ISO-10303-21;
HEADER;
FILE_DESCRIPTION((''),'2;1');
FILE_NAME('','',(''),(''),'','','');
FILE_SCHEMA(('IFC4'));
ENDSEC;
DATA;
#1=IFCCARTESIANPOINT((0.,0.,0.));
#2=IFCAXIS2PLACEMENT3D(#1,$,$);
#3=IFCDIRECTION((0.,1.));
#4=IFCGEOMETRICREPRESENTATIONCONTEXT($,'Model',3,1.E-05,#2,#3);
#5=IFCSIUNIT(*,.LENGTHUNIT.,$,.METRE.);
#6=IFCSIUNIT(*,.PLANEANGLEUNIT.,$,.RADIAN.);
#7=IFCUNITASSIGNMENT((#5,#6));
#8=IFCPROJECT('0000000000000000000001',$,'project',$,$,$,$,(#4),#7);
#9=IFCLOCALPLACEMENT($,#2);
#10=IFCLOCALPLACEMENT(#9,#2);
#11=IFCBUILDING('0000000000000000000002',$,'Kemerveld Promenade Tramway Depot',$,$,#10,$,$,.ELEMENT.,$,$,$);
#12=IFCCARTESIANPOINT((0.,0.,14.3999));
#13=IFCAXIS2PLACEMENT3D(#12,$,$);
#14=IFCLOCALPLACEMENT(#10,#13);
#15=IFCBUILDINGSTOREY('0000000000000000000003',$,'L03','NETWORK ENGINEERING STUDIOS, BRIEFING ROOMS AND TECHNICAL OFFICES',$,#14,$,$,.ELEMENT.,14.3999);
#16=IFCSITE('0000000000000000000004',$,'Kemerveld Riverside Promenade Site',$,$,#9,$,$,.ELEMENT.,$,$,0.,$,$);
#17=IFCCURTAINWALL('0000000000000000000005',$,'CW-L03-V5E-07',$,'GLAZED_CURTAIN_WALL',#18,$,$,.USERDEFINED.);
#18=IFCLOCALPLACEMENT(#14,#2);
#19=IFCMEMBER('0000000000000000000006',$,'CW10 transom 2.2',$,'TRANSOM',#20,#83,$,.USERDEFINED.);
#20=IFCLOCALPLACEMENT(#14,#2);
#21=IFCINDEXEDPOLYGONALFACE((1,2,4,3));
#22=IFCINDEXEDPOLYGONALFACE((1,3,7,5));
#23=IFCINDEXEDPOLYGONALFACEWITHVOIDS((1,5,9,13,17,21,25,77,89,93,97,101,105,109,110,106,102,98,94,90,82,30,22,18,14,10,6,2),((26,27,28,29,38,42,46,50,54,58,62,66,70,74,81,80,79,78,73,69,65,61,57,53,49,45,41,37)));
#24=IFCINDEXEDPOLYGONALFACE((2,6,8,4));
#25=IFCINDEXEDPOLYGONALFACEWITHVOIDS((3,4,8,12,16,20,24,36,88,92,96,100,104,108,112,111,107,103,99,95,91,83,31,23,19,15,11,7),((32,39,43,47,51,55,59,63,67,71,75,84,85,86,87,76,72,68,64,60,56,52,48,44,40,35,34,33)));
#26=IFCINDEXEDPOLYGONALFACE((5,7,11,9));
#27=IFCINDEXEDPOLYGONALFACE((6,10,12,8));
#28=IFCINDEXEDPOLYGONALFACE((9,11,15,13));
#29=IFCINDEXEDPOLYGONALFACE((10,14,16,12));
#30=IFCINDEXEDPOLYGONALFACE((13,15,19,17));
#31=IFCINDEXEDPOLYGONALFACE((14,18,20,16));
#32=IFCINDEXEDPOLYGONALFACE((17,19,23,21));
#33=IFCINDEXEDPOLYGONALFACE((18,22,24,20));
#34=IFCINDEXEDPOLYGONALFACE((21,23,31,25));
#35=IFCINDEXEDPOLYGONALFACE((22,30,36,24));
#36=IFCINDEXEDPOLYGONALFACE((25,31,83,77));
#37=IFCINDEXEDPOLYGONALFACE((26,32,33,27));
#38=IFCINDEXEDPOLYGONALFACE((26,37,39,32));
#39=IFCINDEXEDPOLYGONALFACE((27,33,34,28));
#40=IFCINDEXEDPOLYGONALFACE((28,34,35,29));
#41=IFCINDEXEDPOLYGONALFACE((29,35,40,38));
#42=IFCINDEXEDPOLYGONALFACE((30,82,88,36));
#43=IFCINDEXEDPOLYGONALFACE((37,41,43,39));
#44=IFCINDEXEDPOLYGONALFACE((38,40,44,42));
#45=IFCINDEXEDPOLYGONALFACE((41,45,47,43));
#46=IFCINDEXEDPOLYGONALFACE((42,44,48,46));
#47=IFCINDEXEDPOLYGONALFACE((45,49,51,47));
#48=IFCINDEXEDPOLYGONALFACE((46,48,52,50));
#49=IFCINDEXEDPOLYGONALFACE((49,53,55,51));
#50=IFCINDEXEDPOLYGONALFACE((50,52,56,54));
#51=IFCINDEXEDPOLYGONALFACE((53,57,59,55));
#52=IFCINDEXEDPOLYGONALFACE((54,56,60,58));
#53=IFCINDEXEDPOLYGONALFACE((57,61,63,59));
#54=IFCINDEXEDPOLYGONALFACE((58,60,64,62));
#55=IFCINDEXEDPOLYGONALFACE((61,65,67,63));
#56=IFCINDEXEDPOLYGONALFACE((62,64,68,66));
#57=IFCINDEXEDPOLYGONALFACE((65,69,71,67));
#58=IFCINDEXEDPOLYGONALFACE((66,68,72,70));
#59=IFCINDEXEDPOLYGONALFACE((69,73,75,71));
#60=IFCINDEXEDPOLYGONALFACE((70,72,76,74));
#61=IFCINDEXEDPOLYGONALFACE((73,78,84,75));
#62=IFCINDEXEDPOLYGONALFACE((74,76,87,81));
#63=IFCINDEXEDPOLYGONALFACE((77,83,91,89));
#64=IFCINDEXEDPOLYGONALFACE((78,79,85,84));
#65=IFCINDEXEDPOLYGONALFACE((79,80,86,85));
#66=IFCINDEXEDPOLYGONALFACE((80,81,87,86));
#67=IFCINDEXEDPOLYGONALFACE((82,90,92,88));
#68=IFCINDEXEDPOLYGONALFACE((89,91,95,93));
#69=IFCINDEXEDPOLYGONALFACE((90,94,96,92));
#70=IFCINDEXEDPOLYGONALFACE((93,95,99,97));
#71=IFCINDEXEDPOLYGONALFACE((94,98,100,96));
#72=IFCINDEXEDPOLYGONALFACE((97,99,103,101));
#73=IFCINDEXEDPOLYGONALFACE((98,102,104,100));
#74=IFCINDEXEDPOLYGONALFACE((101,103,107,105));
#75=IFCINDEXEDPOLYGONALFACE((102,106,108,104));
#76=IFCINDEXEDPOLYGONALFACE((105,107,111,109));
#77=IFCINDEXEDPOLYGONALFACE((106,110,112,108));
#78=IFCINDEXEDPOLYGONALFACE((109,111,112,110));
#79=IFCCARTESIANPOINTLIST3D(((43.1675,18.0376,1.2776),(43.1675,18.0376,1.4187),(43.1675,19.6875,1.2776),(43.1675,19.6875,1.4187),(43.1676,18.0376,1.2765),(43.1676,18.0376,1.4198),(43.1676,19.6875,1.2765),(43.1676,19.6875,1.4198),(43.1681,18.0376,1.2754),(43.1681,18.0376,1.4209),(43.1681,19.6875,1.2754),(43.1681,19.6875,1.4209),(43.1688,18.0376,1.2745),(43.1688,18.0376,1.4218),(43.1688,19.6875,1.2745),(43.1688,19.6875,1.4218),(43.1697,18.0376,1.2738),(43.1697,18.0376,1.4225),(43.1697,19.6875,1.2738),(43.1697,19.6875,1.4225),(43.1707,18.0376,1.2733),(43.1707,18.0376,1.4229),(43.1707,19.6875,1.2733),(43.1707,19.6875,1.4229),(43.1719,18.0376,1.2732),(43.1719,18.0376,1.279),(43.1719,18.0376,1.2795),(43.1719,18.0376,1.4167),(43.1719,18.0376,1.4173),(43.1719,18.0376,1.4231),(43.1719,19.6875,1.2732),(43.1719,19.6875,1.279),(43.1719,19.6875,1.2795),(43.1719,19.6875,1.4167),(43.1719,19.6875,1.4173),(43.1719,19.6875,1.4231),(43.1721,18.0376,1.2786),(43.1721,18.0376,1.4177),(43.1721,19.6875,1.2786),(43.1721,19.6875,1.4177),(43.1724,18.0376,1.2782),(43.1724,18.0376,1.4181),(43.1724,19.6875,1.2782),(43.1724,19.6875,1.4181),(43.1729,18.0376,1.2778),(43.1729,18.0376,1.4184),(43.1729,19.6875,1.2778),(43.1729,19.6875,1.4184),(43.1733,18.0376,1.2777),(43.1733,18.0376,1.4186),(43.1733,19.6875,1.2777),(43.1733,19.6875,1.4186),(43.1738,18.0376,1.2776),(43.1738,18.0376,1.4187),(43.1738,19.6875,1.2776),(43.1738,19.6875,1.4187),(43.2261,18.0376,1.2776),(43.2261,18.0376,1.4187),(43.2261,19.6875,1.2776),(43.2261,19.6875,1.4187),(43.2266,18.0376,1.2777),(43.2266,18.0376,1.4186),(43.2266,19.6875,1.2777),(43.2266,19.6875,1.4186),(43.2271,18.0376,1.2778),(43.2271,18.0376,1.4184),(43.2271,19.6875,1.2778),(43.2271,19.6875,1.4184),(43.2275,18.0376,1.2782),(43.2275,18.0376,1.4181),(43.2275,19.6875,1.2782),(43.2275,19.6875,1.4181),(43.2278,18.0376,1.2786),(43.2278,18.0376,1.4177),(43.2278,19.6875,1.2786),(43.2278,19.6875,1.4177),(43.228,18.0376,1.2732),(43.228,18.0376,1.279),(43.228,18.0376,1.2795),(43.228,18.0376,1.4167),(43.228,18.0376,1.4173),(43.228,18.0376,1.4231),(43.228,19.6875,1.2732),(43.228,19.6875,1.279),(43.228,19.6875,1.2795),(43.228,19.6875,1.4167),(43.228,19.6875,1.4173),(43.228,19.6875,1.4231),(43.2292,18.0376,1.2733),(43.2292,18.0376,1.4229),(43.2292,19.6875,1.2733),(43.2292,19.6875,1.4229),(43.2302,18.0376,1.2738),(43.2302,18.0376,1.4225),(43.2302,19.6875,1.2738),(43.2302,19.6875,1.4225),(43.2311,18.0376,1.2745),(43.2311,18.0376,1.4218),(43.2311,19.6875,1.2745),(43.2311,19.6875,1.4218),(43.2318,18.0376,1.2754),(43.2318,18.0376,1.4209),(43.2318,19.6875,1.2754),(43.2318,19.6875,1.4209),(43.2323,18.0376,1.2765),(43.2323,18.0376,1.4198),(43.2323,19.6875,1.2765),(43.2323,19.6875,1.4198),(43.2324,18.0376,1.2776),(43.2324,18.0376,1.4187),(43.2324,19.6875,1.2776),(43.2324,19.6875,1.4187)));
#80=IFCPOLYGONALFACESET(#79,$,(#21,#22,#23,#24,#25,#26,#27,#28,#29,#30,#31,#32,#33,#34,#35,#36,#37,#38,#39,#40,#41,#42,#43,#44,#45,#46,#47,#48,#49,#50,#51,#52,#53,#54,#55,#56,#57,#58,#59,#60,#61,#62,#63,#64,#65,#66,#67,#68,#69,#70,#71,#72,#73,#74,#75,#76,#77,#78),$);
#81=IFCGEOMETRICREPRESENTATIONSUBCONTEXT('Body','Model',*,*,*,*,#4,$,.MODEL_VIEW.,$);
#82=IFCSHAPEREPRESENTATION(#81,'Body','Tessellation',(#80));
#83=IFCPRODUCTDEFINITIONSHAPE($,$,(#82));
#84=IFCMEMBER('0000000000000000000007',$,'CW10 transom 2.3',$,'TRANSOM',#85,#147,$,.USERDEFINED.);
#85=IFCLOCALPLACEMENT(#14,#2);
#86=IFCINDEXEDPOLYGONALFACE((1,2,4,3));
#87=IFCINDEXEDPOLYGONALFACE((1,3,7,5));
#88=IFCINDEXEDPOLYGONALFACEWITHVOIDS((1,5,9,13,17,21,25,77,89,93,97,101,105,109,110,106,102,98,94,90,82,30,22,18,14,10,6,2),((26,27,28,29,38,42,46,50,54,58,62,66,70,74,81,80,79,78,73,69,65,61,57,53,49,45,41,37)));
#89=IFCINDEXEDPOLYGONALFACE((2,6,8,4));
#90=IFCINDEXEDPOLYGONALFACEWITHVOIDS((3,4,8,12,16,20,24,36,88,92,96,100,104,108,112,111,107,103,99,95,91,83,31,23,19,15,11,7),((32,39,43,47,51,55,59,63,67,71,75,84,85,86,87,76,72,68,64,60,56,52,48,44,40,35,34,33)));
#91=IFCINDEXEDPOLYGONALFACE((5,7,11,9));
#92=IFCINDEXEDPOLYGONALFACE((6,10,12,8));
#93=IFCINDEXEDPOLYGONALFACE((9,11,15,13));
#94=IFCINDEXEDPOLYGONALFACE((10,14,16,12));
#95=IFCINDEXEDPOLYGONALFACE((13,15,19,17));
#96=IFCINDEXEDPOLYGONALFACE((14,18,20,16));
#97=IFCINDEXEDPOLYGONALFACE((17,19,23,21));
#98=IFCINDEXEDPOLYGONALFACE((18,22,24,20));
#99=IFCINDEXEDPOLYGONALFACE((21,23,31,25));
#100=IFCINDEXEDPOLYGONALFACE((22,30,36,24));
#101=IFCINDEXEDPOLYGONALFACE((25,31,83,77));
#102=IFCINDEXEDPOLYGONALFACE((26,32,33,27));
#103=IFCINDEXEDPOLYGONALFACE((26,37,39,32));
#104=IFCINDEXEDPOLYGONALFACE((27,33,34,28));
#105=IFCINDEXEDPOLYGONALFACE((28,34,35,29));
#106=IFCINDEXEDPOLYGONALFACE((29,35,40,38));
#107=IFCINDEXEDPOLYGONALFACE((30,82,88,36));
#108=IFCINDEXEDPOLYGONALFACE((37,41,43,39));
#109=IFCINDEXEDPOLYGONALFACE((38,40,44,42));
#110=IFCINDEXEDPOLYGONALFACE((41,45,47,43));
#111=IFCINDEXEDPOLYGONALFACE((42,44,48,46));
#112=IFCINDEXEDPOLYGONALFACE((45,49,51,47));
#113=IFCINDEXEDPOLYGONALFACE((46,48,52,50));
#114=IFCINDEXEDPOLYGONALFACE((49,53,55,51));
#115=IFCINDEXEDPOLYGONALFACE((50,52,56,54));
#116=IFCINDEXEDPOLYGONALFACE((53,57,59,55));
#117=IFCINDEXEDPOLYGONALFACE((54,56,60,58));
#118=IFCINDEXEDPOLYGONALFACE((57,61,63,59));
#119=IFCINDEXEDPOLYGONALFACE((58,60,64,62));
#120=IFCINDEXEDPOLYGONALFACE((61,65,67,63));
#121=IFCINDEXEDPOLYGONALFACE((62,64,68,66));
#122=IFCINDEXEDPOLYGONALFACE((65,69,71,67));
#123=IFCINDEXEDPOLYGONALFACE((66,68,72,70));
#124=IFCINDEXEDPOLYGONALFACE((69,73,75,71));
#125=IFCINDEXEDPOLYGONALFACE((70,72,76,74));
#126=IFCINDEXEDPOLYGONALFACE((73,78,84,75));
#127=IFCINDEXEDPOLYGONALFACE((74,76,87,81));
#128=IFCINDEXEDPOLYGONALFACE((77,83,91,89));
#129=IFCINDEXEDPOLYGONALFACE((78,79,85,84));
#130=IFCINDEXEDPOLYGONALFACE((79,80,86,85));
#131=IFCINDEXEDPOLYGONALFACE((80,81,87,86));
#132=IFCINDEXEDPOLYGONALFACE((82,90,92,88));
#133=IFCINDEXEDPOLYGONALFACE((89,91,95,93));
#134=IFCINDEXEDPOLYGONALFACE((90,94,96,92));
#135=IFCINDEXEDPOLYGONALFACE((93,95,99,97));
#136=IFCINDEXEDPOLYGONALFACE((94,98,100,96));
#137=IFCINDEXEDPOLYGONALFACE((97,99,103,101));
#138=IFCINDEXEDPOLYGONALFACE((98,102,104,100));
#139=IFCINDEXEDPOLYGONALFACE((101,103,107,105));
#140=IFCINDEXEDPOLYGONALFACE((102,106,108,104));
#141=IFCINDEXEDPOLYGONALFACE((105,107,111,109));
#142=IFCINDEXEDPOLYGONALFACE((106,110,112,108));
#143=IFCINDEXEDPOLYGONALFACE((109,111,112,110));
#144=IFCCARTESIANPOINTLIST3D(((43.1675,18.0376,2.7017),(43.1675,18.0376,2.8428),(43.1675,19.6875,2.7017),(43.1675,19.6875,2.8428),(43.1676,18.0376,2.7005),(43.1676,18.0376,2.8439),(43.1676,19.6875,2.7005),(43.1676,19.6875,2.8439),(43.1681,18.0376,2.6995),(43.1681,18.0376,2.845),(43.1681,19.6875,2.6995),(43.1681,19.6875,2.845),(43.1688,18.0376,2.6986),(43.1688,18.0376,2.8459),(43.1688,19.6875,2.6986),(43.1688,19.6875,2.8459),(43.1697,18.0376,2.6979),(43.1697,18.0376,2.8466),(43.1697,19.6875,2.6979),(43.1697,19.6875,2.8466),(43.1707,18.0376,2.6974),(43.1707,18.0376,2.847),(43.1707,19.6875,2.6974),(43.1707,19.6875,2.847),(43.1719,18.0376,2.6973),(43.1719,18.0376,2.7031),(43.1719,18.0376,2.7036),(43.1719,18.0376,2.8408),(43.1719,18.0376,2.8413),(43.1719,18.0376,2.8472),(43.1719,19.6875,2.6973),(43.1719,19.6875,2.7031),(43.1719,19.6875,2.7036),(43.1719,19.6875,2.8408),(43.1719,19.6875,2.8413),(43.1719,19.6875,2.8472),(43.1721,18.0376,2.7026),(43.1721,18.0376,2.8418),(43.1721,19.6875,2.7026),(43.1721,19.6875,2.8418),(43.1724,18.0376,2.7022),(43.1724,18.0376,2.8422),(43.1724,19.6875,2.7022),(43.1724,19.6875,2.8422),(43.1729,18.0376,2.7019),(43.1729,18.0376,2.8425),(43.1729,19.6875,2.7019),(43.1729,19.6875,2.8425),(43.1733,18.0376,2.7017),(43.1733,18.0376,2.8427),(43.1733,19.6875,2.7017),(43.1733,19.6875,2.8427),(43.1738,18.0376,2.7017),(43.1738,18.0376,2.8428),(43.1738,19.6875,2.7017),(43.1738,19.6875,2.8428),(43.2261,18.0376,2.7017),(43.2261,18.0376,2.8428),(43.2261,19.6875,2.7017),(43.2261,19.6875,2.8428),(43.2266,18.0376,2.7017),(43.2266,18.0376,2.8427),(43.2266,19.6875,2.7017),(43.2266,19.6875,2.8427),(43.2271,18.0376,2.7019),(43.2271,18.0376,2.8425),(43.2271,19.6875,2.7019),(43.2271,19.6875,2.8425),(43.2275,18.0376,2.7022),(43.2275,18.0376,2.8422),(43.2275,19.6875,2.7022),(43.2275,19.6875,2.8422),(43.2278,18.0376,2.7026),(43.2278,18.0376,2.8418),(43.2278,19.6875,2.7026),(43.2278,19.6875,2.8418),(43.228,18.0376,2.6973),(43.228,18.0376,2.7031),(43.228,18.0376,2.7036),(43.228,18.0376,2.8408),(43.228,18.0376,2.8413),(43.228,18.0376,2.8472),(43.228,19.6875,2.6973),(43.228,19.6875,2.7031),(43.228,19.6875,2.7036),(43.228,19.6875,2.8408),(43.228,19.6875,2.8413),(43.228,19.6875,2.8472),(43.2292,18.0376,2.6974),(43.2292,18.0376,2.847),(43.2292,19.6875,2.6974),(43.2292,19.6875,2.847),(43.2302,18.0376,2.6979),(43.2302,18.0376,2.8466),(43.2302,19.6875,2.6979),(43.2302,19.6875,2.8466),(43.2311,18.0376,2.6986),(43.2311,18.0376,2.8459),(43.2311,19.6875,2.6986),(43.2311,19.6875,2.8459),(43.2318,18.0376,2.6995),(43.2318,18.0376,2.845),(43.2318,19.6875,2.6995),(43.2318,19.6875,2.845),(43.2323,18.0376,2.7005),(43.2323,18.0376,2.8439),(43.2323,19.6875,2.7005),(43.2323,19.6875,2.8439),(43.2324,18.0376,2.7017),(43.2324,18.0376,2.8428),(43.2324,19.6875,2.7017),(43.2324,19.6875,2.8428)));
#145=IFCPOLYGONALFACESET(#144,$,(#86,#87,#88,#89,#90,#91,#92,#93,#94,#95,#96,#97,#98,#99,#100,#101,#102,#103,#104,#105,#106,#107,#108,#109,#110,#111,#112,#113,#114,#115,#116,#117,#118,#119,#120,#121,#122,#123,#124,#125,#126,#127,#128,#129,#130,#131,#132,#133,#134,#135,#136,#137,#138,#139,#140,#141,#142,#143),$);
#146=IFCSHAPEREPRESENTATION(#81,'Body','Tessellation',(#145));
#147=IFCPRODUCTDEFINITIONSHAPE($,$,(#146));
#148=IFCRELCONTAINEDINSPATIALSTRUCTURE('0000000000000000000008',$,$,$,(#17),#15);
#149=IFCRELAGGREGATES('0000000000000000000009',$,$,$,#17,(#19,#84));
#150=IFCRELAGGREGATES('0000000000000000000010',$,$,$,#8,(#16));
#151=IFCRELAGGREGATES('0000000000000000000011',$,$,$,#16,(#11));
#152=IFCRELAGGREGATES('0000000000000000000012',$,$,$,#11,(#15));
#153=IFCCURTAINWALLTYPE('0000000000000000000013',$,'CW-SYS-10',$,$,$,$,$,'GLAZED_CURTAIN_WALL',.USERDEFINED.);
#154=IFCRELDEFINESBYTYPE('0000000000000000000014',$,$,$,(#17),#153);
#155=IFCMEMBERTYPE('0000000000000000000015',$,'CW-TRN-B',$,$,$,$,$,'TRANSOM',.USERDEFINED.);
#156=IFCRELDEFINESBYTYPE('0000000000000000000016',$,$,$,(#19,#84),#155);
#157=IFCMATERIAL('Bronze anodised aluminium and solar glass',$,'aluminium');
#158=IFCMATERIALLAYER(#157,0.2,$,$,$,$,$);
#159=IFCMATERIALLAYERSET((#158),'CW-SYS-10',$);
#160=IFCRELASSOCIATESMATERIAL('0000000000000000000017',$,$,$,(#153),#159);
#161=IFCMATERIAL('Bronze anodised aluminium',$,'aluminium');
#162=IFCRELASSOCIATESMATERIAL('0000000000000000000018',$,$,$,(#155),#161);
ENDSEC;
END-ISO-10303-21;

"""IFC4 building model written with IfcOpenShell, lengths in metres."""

from ifc_helpers import new_model, si_unit, direction, frame, origin, origin_2d, place, context, subcontext, project, spatial, hollow_rectangle, extrude, material, layer, layer_set, material_profile, profile_set, type_object, element, aggregate, save


model = new_model("IFC4")

# Units and contexts
model_context = context("Model", 3, precision=1e-05, world=origin(), true_north=direction((0.0, 1.0)))
body_context = subcontext(model_context, "Body", "Model", "MODEL_VIEW")
ifc_project = project(units=[si_unit("LENGTHUNIT", "METRE"), si_unit("PLANEANGLEUNIT", "RADIAN")], contexts=[model_context])

# Site, building, storey
site_placement = place(None, origin())
site = spatial("IfcSite", under=ifc_project, at=site_placement, Name="Kemerveld Riverside Promenade Site", CompositionType="ELEMENT", RefElevation=0.0)
building_placement = place(site_placement, origin())
building = spatial("IfcBuilding", under=site, at=building_placement, Name="Kemerveld Promenade Tramway Depot", CompositionType="ELEMENT")
storey_placement = place(building_placement, frame((0.0, 0.0, 14.3999)))
storey = spatial("IfcBuildingStorey", under=building, at=storey_placement, Name="L03", Description="NETWORK ENGINEERING STUDIOS, BRIEFING ROOMS AND TECHNICAL OFFICES", CompositionType="ELEMENT", Elevation=14.3999)

# Curtain wall, members
ifc_material_1 = material(Name="Bronze anodised aluminium and solar glass", Category="aluminium")
ifc_layer_1 = layer(ifc_material_1, 0.2)
ifc_layer_set_1 = layer_set([ifc_layer_1], Name="CW-SYS-10")
curtain_wall_type = type_object("IfcCurtainWallType", Name="CW-SYS-10", ElementType="GLAZED_CURTAIN_WALL", PredefinedType="USERDEFINED", material=ifc_layer_set_1)
curtain_wall_placement = place(storey_placement, origin())
curtain_wall = element("IfcCurtainWall", 1, at=curtain_wall_placement, inside=storey, type_object=curtain_wall_type, Name="CW-L03-V5E-07", ObjectType="GLAZED_CURTAIN_WALL", PredefinedType="USERDEFINED")
ifc_material_2 = material(Name="Bronze anodised aluminium", Category="aluminium")
ifc_material_profile_1 = material_profile(ifc_material_2, hollow_rectangle(XDim=0.0649, YDim=0.1499, WallThickness=0.0044, InnerFilletRadius=0.002, OuterFilletRadius=0.0044, at=origin_2d()), Name="CW-TRN-150x65")
ifc_profile_set_1 = profile_set([ifc_material_profile_1], Name="Bronze anodised aluminium")
member_type_1 = type_object("IfcMemberType", Name="CW-TRN-B", ElementType="TRANSOM", PredefinedType="USERDEFINED", material=ifc_profile_set_1)
member_1_placement = place(storey_placement, frame((43.2, 19.6875, 1.3481), z_axis=(0.0, -1.0, 0.0), x_axis=(1.0, 0.0, 0.0)))
member_1 = element("IfcMember", 2, at=member_1_placement, type_object=member_type_1, Name="CW10 transom 2.2", ObjectType="TRANSOM", PredefinedType="USERDEFINED", context=body_context, shape_type="SweptSolid", body=[
    extrude(hollow_rectangle(XDim=0.0649, YDim=0.1499, WallThickness=0.0044, InnerFilletRadius=0.002, OuterFilletRadius=0.0044, at=origin_2d()), origin(), (0.0, 0.0, 1.0), 1.6499),
])
member_2_placement = place(storey_placement, frame((43.2, 19.6875, 2.7722), z_axis=(0.0, -1.0, 0.0), x_axis=(1.0, 0.0, 0.0)))
member_2 = element("IfcMember", 3, at=member_2_placement, type_object=member_type_1, Name="CW10 transom 2.3", ObjectType="TRANSOM", PredefinedType="USERDEFINED", context=body_context, shape_type="SweptSolid", body=[
    extrude(hollow_rectangle(XDim=0.0649, YDim=0.1499, WallThickness=0.0044, InnerFilletRadius=0.002, OuterFilletRadius=0.0044, at=origin_2d()), origin(), (0.0, 0.0, 1.0), 1.6499),
])
aggregate(curtain_wall, [member_1, member_2])

save(model, "model.ifc")
